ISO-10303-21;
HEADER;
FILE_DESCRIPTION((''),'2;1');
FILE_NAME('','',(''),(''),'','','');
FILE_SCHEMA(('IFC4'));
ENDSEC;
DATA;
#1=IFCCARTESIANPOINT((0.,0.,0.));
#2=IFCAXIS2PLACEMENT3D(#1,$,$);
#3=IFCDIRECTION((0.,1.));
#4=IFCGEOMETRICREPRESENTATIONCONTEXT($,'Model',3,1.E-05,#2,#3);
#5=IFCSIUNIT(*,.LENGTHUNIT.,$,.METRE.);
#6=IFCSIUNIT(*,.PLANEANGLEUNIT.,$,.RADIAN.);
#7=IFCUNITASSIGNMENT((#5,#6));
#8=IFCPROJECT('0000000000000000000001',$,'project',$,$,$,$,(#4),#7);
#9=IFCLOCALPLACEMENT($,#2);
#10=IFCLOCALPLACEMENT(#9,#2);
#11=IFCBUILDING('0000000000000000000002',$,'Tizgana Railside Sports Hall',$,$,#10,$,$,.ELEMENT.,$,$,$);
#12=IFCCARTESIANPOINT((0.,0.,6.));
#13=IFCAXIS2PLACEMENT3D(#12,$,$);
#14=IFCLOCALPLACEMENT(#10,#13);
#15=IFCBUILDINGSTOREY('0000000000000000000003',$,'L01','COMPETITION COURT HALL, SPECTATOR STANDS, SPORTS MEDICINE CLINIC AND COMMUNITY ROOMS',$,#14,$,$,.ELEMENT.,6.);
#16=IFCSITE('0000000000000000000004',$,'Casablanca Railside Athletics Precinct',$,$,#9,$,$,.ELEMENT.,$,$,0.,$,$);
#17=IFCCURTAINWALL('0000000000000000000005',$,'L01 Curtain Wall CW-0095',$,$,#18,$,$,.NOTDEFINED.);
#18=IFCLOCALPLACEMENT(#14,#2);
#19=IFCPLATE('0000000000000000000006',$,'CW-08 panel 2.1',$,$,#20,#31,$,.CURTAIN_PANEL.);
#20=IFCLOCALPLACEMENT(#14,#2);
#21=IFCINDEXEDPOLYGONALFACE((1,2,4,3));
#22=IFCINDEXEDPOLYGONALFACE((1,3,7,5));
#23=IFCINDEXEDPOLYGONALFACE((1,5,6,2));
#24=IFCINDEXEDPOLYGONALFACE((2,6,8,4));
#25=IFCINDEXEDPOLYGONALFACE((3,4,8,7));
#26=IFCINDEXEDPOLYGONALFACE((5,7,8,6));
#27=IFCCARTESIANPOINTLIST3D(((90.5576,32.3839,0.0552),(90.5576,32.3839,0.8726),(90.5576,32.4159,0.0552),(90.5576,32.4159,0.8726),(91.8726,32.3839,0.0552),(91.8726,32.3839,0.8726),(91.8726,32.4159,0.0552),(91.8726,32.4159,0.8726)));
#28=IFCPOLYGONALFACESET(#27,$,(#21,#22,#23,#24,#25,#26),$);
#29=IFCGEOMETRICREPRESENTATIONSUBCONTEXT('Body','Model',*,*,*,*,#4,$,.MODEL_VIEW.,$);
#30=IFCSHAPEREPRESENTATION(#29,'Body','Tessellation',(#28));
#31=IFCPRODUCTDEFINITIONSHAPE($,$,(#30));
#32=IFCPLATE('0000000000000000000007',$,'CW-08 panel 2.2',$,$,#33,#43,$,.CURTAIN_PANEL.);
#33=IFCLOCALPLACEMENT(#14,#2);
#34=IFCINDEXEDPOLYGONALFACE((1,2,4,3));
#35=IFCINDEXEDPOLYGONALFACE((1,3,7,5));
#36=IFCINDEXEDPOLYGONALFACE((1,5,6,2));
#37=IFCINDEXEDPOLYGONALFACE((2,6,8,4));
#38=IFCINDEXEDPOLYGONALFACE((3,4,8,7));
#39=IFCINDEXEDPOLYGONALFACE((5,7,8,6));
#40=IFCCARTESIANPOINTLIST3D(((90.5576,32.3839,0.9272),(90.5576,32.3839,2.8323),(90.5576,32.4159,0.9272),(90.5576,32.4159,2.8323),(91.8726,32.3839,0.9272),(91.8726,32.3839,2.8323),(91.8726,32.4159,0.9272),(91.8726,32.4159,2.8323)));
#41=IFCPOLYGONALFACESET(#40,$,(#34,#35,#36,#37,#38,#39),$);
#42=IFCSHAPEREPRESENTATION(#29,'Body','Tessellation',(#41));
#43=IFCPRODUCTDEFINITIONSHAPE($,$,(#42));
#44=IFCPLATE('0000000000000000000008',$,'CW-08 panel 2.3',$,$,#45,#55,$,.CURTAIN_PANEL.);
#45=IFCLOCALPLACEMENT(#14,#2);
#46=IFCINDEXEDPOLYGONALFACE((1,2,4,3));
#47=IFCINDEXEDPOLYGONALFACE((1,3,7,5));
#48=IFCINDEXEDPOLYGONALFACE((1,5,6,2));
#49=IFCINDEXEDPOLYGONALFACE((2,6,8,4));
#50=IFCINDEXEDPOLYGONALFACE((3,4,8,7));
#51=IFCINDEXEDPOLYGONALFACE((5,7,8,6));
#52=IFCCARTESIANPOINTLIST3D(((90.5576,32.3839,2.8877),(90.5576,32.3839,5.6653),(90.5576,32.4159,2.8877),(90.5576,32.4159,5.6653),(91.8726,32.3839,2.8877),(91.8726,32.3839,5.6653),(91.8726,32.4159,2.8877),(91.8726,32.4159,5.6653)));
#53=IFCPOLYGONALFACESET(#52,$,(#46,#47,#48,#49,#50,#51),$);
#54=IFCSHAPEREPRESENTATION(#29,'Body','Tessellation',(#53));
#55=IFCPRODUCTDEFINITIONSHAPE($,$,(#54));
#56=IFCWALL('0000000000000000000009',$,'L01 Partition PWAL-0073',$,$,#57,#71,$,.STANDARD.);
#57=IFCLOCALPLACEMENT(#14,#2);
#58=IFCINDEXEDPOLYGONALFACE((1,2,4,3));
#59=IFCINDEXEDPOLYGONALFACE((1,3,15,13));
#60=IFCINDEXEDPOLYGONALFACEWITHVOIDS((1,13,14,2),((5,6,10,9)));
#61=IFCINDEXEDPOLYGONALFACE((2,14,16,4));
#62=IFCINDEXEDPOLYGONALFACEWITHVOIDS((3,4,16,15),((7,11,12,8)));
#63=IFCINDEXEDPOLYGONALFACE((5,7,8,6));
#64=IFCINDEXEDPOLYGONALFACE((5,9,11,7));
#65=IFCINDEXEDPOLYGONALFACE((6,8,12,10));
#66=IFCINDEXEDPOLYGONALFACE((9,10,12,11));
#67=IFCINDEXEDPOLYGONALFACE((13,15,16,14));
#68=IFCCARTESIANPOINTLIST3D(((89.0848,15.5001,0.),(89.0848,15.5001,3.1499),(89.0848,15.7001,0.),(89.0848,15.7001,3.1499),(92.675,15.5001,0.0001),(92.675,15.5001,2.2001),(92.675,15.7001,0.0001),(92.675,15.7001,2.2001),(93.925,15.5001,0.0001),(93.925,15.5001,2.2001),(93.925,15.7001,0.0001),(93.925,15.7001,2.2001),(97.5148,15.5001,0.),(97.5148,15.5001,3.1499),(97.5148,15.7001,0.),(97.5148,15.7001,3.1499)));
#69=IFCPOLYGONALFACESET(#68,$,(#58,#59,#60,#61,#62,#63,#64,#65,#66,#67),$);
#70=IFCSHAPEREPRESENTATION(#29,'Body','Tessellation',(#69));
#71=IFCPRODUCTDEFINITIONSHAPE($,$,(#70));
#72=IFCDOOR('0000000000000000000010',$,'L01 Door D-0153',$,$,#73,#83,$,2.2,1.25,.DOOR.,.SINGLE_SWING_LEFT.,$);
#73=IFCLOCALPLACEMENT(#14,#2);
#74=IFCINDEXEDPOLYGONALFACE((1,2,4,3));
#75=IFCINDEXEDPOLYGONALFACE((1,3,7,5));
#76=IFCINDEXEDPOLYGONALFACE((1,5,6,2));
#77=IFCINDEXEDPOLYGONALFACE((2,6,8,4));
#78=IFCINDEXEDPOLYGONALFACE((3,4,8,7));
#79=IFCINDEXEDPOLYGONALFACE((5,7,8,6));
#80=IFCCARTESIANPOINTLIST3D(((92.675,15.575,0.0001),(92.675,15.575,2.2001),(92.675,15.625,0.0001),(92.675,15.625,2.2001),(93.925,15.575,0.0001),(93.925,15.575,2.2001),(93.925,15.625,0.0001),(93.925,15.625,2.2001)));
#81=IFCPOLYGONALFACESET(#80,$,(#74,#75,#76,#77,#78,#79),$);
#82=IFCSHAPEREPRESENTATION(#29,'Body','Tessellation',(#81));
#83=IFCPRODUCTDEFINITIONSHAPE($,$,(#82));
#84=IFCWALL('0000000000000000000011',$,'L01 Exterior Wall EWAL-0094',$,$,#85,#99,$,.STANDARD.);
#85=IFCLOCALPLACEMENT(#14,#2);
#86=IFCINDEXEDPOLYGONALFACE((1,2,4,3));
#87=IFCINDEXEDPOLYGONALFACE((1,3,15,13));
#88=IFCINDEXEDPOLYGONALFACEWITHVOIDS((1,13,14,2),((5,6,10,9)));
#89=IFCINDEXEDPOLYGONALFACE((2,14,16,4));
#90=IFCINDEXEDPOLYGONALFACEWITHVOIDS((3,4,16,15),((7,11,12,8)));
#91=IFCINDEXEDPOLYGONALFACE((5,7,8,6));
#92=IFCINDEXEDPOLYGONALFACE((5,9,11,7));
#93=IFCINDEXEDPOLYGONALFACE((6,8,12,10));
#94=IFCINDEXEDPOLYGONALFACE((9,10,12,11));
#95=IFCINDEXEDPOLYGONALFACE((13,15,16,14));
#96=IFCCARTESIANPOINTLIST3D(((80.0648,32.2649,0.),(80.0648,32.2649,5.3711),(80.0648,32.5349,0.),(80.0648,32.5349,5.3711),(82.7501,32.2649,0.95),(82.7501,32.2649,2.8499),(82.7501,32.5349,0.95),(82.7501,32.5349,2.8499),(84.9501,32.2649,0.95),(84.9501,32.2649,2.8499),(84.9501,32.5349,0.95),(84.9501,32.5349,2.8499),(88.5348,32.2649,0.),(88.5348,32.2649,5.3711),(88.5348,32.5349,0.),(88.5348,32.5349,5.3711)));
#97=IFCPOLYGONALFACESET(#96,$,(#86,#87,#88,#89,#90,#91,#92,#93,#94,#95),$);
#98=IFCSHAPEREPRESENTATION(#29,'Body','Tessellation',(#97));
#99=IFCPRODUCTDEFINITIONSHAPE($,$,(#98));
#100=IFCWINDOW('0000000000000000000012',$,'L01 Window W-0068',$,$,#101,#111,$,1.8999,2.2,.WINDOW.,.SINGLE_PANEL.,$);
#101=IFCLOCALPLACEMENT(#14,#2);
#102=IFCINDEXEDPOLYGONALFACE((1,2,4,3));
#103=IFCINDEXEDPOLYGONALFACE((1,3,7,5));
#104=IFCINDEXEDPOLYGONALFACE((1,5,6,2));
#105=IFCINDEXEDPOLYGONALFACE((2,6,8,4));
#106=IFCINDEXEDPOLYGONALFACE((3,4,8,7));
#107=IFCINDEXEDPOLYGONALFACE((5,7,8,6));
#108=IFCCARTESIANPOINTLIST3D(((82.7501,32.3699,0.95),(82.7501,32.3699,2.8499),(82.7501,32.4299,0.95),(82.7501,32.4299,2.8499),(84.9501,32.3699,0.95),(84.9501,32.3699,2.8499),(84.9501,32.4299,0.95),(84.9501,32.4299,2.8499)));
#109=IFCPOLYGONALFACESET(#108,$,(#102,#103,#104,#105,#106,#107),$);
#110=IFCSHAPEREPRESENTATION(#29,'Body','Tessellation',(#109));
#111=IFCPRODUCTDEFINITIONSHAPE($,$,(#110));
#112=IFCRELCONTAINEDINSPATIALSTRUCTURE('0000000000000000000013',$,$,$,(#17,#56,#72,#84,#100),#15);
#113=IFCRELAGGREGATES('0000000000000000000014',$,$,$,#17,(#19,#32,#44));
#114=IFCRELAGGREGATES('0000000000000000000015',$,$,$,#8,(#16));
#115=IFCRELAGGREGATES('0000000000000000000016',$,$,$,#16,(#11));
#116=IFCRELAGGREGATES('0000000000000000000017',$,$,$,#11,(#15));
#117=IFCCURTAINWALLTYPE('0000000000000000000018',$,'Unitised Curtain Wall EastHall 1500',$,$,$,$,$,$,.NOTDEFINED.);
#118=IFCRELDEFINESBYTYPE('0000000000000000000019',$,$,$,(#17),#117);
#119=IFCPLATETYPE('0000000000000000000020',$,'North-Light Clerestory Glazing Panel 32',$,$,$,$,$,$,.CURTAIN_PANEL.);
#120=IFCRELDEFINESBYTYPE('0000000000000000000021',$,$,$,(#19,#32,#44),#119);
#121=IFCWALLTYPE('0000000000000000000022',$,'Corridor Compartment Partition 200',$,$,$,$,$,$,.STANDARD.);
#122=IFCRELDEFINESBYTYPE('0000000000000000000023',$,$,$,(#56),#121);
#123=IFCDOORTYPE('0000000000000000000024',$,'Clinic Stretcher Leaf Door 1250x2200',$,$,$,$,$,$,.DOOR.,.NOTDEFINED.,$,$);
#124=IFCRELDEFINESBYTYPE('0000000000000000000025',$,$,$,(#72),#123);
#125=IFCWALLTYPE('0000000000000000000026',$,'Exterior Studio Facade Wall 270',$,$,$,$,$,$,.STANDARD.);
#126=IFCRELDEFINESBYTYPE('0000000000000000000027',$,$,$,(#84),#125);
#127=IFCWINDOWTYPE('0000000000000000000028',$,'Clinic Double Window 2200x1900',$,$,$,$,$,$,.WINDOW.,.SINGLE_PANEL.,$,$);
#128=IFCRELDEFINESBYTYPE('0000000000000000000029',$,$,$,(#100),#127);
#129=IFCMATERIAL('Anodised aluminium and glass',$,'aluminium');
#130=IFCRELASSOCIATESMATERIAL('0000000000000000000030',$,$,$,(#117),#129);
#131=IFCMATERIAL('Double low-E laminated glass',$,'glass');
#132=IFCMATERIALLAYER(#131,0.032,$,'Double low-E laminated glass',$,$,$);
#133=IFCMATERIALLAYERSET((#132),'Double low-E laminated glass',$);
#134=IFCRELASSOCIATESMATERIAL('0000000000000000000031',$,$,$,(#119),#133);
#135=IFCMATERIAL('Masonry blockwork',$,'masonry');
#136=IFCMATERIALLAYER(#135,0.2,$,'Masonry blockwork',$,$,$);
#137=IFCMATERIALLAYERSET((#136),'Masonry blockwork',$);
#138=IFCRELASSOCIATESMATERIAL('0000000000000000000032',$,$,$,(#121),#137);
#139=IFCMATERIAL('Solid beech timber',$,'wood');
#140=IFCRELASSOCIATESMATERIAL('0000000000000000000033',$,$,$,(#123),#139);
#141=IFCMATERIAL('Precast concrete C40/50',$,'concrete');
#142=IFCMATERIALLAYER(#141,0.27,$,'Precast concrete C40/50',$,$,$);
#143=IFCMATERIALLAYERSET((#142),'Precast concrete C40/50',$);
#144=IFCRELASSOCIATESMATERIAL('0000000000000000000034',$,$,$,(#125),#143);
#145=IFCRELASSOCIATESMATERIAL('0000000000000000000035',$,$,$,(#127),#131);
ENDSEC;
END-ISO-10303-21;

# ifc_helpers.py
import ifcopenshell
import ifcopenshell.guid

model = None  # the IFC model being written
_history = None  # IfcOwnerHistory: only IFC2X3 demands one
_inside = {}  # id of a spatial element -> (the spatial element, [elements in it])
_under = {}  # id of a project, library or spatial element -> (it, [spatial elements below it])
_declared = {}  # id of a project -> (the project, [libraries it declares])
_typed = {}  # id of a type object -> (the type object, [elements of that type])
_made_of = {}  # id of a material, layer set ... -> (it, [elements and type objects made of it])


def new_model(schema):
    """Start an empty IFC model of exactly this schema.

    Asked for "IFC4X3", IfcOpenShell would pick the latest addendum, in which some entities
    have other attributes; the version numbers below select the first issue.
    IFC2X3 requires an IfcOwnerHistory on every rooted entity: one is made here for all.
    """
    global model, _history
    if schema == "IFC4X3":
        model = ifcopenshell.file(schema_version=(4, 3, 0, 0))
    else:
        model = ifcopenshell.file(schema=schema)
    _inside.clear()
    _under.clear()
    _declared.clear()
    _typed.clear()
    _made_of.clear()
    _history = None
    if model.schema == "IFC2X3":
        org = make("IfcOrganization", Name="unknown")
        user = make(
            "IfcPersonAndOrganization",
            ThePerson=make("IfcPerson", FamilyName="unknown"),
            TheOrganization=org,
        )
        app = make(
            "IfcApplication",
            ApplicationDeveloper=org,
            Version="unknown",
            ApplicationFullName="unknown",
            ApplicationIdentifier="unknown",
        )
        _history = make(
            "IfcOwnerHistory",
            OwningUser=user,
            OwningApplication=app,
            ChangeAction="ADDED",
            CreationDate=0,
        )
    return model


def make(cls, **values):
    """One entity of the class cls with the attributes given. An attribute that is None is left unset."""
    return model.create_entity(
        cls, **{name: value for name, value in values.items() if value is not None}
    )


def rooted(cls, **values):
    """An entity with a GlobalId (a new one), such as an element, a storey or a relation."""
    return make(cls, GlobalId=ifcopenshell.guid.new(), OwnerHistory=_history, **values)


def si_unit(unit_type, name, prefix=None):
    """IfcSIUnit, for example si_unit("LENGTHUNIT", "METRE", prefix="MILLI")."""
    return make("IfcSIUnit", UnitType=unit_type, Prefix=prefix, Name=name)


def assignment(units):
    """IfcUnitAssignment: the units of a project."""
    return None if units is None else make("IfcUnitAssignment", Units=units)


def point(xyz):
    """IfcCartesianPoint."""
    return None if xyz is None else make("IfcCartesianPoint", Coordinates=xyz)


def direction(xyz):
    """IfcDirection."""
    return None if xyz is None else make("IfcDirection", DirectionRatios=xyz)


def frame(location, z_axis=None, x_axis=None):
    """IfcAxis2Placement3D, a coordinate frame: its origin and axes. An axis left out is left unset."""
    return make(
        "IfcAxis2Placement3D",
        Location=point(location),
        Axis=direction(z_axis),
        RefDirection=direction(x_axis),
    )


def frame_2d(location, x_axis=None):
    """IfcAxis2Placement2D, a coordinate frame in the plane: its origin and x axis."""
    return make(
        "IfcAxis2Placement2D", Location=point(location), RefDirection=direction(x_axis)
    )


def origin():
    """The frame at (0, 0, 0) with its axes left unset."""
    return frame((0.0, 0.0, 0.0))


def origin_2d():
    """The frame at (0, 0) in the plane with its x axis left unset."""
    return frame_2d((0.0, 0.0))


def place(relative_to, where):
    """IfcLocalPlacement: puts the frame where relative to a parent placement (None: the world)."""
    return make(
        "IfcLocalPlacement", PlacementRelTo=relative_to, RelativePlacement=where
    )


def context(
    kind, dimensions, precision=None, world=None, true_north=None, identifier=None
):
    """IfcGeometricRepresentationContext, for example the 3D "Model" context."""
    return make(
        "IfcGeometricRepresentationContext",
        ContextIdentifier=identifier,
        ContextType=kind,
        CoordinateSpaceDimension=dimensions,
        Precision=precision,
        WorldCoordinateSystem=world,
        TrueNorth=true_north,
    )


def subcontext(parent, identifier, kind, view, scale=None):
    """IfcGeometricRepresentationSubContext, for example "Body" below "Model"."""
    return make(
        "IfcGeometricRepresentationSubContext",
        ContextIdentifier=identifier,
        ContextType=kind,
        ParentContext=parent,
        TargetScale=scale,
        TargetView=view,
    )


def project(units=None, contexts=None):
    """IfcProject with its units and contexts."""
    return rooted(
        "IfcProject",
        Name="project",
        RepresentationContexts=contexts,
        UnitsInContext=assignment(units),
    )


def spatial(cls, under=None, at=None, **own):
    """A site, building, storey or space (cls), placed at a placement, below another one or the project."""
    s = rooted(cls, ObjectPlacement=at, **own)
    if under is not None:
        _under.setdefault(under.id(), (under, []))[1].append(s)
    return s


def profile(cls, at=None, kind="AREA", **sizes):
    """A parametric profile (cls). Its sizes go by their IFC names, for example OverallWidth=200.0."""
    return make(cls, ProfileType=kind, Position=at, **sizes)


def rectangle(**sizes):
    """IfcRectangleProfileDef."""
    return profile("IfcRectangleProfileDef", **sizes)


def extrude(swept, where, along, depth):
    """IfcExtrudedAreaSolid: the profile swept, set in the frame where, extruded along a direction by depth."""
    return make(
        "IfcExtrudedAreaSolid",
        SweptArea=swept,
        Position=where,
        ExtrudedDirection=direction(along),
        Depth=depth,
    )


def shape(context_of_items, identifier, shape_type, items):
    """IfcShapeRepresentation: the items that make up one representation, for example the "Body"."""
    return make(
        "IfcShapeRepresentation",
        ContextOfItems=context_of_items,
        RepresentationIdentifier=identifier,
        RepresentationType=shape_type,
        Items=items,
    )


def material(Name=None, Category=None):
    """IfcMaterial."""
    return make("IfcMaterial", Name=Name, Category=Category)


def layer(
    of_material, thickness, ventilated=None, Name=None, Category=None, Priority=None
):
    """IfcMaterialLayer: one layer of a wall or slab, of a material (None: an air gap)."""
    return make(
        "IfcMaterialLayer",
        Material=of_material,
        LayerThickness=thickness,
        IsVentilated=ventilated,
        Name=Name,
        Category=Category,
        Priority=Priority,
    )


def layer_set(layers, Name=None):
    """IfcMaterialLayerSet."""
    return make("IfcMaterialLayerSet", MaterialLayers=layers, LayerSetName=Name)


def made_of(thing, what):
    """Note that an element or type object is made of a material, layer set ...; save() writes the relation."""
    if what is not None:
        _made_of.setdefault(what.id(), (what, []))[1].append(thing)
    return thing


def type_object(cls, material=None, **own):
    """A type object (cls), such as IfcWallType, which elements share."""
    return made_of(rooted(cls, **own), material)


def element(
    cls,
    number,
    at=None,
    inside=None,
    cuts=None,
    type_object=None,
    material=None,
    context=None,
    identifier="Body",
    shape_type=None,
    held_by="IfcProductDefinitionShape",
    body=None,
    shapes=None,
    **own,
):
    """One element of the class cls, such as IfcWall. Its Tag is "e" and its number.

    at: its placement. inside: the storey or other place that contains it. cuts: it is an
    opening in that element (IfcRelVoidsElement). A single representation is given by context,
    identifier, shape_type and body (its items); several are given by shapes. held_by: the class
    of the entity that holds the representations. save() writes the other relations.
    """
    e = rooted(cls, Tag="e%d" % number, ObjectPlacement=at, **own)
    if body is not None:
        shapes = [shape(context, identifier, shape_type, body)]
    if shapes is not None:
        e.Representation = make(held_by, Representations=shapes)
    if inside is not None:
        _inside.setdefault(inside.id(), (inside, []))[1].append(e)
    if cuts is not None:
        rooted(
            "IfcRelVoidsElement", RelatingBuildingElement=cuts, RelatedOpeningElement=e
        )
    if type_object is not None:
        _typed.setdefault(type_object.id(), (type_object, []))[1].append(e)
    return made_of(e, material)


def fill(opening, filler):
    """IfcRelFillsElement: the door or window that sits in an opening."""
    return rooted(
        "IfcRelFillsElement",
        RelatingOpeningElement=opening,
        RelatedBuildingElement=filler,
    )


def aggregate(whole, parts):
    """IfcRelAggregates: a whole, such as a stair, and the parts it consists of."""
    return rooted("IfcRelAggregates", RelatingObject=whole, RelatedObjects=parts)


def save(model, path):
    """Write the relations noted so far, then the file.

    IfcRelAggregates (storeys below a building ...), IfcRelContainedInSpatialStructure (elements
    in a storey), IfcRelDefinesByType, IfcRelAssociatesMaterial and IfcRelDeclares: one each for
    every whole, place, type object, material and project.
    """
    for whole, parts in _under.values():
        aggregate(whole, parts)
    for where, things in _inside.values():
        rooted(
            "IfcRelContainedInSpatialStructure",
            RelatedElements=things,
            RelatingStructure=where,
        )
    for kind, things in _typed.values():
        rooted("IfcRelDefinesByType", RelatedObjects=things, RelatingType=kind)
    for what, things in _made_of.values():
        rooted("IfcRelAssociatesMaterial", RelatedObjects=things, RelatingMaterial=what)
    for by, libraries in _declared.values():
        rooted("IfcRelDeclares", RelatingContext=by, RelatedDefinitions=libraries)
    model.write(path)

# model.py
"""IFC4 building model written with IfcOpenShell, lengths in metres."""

from ifc_helpers import new_model, si_unit, direction, frame, frame_2d, origin, origin_2d, place, context, subcontext, project, spatial, rectangle, extrude, material, layer, layer_set, type_object, element, fill, aggregate, save


model = new_model("IFC4")

# Units and contexts
model_context = context("Model", 3, precision=1e-05, world=origin(), true_north=direction((0.0, 1.0)))
body_context = subcontext(model_context, "Body", "Model", "MODEL_VIEW")
ifc_project = project(units=[si_unit("LENGTHUNIT", "METRE"), si_unit("PLANEANGLEUNIT", "RADIAN")], contexts=[model_context])

# Site, building, storey
site_placement = place(None, origin())
site = spatial("IfcSite", under=ifc_project, at=site_placement, Name="Casablanca Railside Athletics Precinct", CompositionType="ELEMENT", RefElevation=0.0)
building_placement = place(site_placement, origin())
building = spatial("IfcBuilding", under=site, at=building_placement, Name="Tizgana Railside Sports Hall", CompositionType="ELEMENT")
storey_placement = place(building_placement, frame((0.0, 0.0, 6.0)))
storey = spatial("IfcBuildingStorey", under=building, at=storey_placement, Name="L01", Description="COMPETITION COURT HALL, SPECTATOR STANDS, SPORTS MEDICINE CLINIC AND COMMUNITY ROOMS", CompositionType="ELEMENT", Elevation=6.0)

# Curtain wall
ifc_material_1 = material(Name="Anodised aluminium and glass", Category="aluminium")
curtain_wall_type = type_object("IfcCurtainWallType", Name="Unitised Curtain Wall EastHall 1500", PredefinedType="NOTDEFINED", material=ifc_material_1)
curtain_wall_placement = place(storey_placement, origin())
curtain_wall = element("IfcCurtainWall", 1, at=curtain_wall_placement, inside=storey, type_object=curtain_wall_type, Name="L01 Curtain Wall CW-0095", PredefinedType="NOTDEFINED")

# Plates
ifc_material_2 = material(Name="Double low-E laminated glass", Category="glass")
ifc_layer_1 = layer(ifc_material_2, 0.032, Name="Double low-E laminated glass")
ifc_layer_set_1 = layer_set([ifc_layer_1], Name="Double low-E laminated glass")
plate_type = type_object("IfcPlateType", Name="North-Light Clerestory Glazing Panel 32", PredefinedType="CURTAIN_PANEL", material=ifc_layer_set_1)
plate_1_placement = place(storey_placement, frame((91.2151, 32.3999, 0.0552), z_axis=(0.0, 0.0, 1.0), x_axis=(1.0, 0.0, 0.0)))
plate_1 = element("IfcPlate", 2, at=plate_1_placement, type_object=plate_type, Name="CW-08 panel 2.1", PredefinedType="CURTAIN_PANEL", context=body_context, shape_type="SweptSolid", body=[
    extrude(rectangle(XDim=1.3149, YDim=0.032, at=origin_2d()), origin(), (0.0, 0.0, 1.0), 0.8174),
])
plate_2_placement = place(storey_placement, frame((91.2151, 32.3999, 0.9272), z_axis=(0.0, 0.0, 1.0), x_axis=(1.0, 0.0, 0.0)))
plate_2 = element("IfcPlate", 3, at=plate_2_placement, type_object=plate_type, Name="CW-08 panel 2.2", PredefinedType="CURTAIN_PANEL", context=body_context, shape_type="SweptSolid", body=[
    extrude(rectangle(XDim=1.3149, YDim=0.032, at=origin_2d()), origin(), (0.0, 0.0, 1.0), 1.905),
])
plate_3_placement = place(storey_placement, frame((91.2151, 32.3999, 2.8877), z_axis=(0.0, 0.0, 1.0), x_axis=(1.0, 0.0, 0.0)))
plate_3 = element("IfcPlate", 4, at=plate_3_placement, type_object=plate_type, Name="CW-08 panel 2.3", PredefinedType="CURTAIN_PANEL", context=body_context, shape_type="SweptSolid", body=[
    extrude(rectangle(XDim=1.3149, YDim=0.032, at=origin_2d()), origin(), (0.0, 0.0, 1.0), 2.7776),
])
aggregate(curtain_wall, [plate_1, plate_2, plate_3])

# Wall, opening, door
ifc_material_3 = material(Name="Masonry blockwork", Category="masonry")
ifc_layer_2 = layer(ifc_material_3, 0.2, Name="Masonry blockwork")
ifc_layer_set_2 = layer_set([ifc_layer_2], Name="Masonry blockwork")
wall_type_1 = type_object("IfcWallType", Name="Corridor Compartment Partition 200", PredefinedType="STANDARD", material=ifc_layer_set_2)
wall_1_placement = place(storey_placement, frame((89.085, 15.6001, 0.0), z_axis=(0.0, 0.0, 1.0), x_axis=(1.0, 0.0, 0.0)))
wall_1 = element("IfcWall", 5, at=wall_1_placement, inside=storey, type_object=wall_type_1, Name="L01 Partition PWAL-0073", PredefinedType="STANDARD", context=body_context, shape_type="SweptSolid", body=[
    extrude(rectangle(XDim=8.4299, YDim=0.2, at=frame_2d((4.2148, 0.0))), origin(), (0.0, 0.0, 1.0), 3.1499),
])
opening_1_placement = place(wall_1_placement, frame((3.5901, 0.0, 0.0)))
opening_1 = element("IfcOpeningElement", 6, at=opening_1_placement, cuts=wall_1, PredefinedType="OPENING", context=body_context, shape_type="SweptSolid", body=[
    extrude(rectangle(XDim=1.25, YDim=2.2, at=frame_2d((0.625, 1.1001))), frame((0.0, 0.1099, 0.0), z_axis=(0.0, -1.0, 0.0), x_axis=(1.0, 0.0, 0.0)), (0.0, 0.0, 1.0), 0.22),
])
ifc_material_4 = material(Name="Solid beech timber", Category="wood")
door_type = type_object("IfcDoorType", Name="Clinic Stretcher Leaf Door 1250x2200", OperationType="NOTDEFINED", PredefinedType="DOOR", material=ifc_material_4)
door_placement = place(opening_1_placement, origin())
door = element("IfcDoor", 7, at=door_placement, inside=storey, type_object=door_type, Name="L01 Door D-0153", OperationType="SINGLE_SWING_LEFT", OverallHeight=2.2, OverallWidth=1.25, PredefinedType="DOOR", context=body_context, shape_type="SweptSolid", body=[
    extrude(rectangle(XDim=1.25, YDim=2.2, at=frame_2d((0.625, 1.1001))), frame((0.0, 0.0249, 0.0), z_axis=(0.0, -1.0, 0.0), x_axis=(1.0, 0.0, 0.0)), (0.0, 0.0, 1.0), 0.05),
])
fill(opening_1, door)

# Wall, opening, window
ifc_material_5 = material(Name="Precast concrete C40/50", Category="concrete")
ifc_layer_3 = layer(ifc_material_5, 0.27, Name="Precast concrete C40/50")
ifc_layer_set_3 = layer_set([ifc_layer_3], Name="Precast concrete C40/50")
wall_type_2 = type_object("IfcWallType", Name="Exterior Studio Facade Wall 270", PredefinedType="STANDARD", material=ifc_layer_set_3)
wall_2_placement = place(storey_placement, frame((80.0649, 32.3999, 0.0), z_axis=(0.0, 0.0, 1.0), x_axis=(1.0, 0.0, 0.0)))
wall_2 = element("IfcWall", 8, at=wall_2_placement, inside=storey, type_object=wall_type_2, Name="L01 Exterior Wall EWAL-0094", PredefinedType="STANDARD", context=body_context, shape_type="SweptSolid", body=[
    extrude(rectangle(XDim=8.47, YDim=0.27, at=frame_2d((4.2349, 0.0))), origin(), (0.0, 0.0, 1.0), 5.3711),
])
opening_2_placement = place(wall_2_placement, frame((2.6851, 0.0, 0.95)))
opening_2 = element("IfcOpeningElement", 9, at=opening_2_placement, cuts=wall_2, PredefinedType="OPENING", context=body_context, shape_type="SweptSolid", body=[
    extrude(rectangle(XDim=2.2, YDim=1.8999, at=frame_2d((1.1001, 0.95))), frame((0.0, 0.145, 0.0), z_axis=(0.0, -1.0, 0.0), x_axis=(1.0, 0.0, 0.0)), (0.0, 0.0, 1.0), 0.29),
])
window_type = type_object("IfcWindowType", Name="Clinic Double Window 2200x1900", PartitioningType="SINGLE_PANEL", PredefinedType="WINDOW", material=ifc_material_2)
window_placement = place(opening_2_placement, origin())
window = element("IfcWindow", 10, at=window_placement, inside=storey, type_object=window_type, Name="L01 Window W-0068", OverallHeight=1.8999, OverallWidth=2.2, PartitioningType="SINGLE_PANEL", PredefinedType="WINDOW", context=body_context, shape_type="SweptSolid", body=[
    extrude(rectangle(XDim=2.2, YDim=1.8999, at=frame_2d((1.1001, 0.95))), frame((0.0, 0.03, 0.0), z_axis=(0.0, -1.0, 0.0), x_axis=(1.0, 0.0, 0.0)), (0.0, 0.0, 1.0), 0.0601),
])
fill(opening_2, window)

save(model, "model.ifc")
